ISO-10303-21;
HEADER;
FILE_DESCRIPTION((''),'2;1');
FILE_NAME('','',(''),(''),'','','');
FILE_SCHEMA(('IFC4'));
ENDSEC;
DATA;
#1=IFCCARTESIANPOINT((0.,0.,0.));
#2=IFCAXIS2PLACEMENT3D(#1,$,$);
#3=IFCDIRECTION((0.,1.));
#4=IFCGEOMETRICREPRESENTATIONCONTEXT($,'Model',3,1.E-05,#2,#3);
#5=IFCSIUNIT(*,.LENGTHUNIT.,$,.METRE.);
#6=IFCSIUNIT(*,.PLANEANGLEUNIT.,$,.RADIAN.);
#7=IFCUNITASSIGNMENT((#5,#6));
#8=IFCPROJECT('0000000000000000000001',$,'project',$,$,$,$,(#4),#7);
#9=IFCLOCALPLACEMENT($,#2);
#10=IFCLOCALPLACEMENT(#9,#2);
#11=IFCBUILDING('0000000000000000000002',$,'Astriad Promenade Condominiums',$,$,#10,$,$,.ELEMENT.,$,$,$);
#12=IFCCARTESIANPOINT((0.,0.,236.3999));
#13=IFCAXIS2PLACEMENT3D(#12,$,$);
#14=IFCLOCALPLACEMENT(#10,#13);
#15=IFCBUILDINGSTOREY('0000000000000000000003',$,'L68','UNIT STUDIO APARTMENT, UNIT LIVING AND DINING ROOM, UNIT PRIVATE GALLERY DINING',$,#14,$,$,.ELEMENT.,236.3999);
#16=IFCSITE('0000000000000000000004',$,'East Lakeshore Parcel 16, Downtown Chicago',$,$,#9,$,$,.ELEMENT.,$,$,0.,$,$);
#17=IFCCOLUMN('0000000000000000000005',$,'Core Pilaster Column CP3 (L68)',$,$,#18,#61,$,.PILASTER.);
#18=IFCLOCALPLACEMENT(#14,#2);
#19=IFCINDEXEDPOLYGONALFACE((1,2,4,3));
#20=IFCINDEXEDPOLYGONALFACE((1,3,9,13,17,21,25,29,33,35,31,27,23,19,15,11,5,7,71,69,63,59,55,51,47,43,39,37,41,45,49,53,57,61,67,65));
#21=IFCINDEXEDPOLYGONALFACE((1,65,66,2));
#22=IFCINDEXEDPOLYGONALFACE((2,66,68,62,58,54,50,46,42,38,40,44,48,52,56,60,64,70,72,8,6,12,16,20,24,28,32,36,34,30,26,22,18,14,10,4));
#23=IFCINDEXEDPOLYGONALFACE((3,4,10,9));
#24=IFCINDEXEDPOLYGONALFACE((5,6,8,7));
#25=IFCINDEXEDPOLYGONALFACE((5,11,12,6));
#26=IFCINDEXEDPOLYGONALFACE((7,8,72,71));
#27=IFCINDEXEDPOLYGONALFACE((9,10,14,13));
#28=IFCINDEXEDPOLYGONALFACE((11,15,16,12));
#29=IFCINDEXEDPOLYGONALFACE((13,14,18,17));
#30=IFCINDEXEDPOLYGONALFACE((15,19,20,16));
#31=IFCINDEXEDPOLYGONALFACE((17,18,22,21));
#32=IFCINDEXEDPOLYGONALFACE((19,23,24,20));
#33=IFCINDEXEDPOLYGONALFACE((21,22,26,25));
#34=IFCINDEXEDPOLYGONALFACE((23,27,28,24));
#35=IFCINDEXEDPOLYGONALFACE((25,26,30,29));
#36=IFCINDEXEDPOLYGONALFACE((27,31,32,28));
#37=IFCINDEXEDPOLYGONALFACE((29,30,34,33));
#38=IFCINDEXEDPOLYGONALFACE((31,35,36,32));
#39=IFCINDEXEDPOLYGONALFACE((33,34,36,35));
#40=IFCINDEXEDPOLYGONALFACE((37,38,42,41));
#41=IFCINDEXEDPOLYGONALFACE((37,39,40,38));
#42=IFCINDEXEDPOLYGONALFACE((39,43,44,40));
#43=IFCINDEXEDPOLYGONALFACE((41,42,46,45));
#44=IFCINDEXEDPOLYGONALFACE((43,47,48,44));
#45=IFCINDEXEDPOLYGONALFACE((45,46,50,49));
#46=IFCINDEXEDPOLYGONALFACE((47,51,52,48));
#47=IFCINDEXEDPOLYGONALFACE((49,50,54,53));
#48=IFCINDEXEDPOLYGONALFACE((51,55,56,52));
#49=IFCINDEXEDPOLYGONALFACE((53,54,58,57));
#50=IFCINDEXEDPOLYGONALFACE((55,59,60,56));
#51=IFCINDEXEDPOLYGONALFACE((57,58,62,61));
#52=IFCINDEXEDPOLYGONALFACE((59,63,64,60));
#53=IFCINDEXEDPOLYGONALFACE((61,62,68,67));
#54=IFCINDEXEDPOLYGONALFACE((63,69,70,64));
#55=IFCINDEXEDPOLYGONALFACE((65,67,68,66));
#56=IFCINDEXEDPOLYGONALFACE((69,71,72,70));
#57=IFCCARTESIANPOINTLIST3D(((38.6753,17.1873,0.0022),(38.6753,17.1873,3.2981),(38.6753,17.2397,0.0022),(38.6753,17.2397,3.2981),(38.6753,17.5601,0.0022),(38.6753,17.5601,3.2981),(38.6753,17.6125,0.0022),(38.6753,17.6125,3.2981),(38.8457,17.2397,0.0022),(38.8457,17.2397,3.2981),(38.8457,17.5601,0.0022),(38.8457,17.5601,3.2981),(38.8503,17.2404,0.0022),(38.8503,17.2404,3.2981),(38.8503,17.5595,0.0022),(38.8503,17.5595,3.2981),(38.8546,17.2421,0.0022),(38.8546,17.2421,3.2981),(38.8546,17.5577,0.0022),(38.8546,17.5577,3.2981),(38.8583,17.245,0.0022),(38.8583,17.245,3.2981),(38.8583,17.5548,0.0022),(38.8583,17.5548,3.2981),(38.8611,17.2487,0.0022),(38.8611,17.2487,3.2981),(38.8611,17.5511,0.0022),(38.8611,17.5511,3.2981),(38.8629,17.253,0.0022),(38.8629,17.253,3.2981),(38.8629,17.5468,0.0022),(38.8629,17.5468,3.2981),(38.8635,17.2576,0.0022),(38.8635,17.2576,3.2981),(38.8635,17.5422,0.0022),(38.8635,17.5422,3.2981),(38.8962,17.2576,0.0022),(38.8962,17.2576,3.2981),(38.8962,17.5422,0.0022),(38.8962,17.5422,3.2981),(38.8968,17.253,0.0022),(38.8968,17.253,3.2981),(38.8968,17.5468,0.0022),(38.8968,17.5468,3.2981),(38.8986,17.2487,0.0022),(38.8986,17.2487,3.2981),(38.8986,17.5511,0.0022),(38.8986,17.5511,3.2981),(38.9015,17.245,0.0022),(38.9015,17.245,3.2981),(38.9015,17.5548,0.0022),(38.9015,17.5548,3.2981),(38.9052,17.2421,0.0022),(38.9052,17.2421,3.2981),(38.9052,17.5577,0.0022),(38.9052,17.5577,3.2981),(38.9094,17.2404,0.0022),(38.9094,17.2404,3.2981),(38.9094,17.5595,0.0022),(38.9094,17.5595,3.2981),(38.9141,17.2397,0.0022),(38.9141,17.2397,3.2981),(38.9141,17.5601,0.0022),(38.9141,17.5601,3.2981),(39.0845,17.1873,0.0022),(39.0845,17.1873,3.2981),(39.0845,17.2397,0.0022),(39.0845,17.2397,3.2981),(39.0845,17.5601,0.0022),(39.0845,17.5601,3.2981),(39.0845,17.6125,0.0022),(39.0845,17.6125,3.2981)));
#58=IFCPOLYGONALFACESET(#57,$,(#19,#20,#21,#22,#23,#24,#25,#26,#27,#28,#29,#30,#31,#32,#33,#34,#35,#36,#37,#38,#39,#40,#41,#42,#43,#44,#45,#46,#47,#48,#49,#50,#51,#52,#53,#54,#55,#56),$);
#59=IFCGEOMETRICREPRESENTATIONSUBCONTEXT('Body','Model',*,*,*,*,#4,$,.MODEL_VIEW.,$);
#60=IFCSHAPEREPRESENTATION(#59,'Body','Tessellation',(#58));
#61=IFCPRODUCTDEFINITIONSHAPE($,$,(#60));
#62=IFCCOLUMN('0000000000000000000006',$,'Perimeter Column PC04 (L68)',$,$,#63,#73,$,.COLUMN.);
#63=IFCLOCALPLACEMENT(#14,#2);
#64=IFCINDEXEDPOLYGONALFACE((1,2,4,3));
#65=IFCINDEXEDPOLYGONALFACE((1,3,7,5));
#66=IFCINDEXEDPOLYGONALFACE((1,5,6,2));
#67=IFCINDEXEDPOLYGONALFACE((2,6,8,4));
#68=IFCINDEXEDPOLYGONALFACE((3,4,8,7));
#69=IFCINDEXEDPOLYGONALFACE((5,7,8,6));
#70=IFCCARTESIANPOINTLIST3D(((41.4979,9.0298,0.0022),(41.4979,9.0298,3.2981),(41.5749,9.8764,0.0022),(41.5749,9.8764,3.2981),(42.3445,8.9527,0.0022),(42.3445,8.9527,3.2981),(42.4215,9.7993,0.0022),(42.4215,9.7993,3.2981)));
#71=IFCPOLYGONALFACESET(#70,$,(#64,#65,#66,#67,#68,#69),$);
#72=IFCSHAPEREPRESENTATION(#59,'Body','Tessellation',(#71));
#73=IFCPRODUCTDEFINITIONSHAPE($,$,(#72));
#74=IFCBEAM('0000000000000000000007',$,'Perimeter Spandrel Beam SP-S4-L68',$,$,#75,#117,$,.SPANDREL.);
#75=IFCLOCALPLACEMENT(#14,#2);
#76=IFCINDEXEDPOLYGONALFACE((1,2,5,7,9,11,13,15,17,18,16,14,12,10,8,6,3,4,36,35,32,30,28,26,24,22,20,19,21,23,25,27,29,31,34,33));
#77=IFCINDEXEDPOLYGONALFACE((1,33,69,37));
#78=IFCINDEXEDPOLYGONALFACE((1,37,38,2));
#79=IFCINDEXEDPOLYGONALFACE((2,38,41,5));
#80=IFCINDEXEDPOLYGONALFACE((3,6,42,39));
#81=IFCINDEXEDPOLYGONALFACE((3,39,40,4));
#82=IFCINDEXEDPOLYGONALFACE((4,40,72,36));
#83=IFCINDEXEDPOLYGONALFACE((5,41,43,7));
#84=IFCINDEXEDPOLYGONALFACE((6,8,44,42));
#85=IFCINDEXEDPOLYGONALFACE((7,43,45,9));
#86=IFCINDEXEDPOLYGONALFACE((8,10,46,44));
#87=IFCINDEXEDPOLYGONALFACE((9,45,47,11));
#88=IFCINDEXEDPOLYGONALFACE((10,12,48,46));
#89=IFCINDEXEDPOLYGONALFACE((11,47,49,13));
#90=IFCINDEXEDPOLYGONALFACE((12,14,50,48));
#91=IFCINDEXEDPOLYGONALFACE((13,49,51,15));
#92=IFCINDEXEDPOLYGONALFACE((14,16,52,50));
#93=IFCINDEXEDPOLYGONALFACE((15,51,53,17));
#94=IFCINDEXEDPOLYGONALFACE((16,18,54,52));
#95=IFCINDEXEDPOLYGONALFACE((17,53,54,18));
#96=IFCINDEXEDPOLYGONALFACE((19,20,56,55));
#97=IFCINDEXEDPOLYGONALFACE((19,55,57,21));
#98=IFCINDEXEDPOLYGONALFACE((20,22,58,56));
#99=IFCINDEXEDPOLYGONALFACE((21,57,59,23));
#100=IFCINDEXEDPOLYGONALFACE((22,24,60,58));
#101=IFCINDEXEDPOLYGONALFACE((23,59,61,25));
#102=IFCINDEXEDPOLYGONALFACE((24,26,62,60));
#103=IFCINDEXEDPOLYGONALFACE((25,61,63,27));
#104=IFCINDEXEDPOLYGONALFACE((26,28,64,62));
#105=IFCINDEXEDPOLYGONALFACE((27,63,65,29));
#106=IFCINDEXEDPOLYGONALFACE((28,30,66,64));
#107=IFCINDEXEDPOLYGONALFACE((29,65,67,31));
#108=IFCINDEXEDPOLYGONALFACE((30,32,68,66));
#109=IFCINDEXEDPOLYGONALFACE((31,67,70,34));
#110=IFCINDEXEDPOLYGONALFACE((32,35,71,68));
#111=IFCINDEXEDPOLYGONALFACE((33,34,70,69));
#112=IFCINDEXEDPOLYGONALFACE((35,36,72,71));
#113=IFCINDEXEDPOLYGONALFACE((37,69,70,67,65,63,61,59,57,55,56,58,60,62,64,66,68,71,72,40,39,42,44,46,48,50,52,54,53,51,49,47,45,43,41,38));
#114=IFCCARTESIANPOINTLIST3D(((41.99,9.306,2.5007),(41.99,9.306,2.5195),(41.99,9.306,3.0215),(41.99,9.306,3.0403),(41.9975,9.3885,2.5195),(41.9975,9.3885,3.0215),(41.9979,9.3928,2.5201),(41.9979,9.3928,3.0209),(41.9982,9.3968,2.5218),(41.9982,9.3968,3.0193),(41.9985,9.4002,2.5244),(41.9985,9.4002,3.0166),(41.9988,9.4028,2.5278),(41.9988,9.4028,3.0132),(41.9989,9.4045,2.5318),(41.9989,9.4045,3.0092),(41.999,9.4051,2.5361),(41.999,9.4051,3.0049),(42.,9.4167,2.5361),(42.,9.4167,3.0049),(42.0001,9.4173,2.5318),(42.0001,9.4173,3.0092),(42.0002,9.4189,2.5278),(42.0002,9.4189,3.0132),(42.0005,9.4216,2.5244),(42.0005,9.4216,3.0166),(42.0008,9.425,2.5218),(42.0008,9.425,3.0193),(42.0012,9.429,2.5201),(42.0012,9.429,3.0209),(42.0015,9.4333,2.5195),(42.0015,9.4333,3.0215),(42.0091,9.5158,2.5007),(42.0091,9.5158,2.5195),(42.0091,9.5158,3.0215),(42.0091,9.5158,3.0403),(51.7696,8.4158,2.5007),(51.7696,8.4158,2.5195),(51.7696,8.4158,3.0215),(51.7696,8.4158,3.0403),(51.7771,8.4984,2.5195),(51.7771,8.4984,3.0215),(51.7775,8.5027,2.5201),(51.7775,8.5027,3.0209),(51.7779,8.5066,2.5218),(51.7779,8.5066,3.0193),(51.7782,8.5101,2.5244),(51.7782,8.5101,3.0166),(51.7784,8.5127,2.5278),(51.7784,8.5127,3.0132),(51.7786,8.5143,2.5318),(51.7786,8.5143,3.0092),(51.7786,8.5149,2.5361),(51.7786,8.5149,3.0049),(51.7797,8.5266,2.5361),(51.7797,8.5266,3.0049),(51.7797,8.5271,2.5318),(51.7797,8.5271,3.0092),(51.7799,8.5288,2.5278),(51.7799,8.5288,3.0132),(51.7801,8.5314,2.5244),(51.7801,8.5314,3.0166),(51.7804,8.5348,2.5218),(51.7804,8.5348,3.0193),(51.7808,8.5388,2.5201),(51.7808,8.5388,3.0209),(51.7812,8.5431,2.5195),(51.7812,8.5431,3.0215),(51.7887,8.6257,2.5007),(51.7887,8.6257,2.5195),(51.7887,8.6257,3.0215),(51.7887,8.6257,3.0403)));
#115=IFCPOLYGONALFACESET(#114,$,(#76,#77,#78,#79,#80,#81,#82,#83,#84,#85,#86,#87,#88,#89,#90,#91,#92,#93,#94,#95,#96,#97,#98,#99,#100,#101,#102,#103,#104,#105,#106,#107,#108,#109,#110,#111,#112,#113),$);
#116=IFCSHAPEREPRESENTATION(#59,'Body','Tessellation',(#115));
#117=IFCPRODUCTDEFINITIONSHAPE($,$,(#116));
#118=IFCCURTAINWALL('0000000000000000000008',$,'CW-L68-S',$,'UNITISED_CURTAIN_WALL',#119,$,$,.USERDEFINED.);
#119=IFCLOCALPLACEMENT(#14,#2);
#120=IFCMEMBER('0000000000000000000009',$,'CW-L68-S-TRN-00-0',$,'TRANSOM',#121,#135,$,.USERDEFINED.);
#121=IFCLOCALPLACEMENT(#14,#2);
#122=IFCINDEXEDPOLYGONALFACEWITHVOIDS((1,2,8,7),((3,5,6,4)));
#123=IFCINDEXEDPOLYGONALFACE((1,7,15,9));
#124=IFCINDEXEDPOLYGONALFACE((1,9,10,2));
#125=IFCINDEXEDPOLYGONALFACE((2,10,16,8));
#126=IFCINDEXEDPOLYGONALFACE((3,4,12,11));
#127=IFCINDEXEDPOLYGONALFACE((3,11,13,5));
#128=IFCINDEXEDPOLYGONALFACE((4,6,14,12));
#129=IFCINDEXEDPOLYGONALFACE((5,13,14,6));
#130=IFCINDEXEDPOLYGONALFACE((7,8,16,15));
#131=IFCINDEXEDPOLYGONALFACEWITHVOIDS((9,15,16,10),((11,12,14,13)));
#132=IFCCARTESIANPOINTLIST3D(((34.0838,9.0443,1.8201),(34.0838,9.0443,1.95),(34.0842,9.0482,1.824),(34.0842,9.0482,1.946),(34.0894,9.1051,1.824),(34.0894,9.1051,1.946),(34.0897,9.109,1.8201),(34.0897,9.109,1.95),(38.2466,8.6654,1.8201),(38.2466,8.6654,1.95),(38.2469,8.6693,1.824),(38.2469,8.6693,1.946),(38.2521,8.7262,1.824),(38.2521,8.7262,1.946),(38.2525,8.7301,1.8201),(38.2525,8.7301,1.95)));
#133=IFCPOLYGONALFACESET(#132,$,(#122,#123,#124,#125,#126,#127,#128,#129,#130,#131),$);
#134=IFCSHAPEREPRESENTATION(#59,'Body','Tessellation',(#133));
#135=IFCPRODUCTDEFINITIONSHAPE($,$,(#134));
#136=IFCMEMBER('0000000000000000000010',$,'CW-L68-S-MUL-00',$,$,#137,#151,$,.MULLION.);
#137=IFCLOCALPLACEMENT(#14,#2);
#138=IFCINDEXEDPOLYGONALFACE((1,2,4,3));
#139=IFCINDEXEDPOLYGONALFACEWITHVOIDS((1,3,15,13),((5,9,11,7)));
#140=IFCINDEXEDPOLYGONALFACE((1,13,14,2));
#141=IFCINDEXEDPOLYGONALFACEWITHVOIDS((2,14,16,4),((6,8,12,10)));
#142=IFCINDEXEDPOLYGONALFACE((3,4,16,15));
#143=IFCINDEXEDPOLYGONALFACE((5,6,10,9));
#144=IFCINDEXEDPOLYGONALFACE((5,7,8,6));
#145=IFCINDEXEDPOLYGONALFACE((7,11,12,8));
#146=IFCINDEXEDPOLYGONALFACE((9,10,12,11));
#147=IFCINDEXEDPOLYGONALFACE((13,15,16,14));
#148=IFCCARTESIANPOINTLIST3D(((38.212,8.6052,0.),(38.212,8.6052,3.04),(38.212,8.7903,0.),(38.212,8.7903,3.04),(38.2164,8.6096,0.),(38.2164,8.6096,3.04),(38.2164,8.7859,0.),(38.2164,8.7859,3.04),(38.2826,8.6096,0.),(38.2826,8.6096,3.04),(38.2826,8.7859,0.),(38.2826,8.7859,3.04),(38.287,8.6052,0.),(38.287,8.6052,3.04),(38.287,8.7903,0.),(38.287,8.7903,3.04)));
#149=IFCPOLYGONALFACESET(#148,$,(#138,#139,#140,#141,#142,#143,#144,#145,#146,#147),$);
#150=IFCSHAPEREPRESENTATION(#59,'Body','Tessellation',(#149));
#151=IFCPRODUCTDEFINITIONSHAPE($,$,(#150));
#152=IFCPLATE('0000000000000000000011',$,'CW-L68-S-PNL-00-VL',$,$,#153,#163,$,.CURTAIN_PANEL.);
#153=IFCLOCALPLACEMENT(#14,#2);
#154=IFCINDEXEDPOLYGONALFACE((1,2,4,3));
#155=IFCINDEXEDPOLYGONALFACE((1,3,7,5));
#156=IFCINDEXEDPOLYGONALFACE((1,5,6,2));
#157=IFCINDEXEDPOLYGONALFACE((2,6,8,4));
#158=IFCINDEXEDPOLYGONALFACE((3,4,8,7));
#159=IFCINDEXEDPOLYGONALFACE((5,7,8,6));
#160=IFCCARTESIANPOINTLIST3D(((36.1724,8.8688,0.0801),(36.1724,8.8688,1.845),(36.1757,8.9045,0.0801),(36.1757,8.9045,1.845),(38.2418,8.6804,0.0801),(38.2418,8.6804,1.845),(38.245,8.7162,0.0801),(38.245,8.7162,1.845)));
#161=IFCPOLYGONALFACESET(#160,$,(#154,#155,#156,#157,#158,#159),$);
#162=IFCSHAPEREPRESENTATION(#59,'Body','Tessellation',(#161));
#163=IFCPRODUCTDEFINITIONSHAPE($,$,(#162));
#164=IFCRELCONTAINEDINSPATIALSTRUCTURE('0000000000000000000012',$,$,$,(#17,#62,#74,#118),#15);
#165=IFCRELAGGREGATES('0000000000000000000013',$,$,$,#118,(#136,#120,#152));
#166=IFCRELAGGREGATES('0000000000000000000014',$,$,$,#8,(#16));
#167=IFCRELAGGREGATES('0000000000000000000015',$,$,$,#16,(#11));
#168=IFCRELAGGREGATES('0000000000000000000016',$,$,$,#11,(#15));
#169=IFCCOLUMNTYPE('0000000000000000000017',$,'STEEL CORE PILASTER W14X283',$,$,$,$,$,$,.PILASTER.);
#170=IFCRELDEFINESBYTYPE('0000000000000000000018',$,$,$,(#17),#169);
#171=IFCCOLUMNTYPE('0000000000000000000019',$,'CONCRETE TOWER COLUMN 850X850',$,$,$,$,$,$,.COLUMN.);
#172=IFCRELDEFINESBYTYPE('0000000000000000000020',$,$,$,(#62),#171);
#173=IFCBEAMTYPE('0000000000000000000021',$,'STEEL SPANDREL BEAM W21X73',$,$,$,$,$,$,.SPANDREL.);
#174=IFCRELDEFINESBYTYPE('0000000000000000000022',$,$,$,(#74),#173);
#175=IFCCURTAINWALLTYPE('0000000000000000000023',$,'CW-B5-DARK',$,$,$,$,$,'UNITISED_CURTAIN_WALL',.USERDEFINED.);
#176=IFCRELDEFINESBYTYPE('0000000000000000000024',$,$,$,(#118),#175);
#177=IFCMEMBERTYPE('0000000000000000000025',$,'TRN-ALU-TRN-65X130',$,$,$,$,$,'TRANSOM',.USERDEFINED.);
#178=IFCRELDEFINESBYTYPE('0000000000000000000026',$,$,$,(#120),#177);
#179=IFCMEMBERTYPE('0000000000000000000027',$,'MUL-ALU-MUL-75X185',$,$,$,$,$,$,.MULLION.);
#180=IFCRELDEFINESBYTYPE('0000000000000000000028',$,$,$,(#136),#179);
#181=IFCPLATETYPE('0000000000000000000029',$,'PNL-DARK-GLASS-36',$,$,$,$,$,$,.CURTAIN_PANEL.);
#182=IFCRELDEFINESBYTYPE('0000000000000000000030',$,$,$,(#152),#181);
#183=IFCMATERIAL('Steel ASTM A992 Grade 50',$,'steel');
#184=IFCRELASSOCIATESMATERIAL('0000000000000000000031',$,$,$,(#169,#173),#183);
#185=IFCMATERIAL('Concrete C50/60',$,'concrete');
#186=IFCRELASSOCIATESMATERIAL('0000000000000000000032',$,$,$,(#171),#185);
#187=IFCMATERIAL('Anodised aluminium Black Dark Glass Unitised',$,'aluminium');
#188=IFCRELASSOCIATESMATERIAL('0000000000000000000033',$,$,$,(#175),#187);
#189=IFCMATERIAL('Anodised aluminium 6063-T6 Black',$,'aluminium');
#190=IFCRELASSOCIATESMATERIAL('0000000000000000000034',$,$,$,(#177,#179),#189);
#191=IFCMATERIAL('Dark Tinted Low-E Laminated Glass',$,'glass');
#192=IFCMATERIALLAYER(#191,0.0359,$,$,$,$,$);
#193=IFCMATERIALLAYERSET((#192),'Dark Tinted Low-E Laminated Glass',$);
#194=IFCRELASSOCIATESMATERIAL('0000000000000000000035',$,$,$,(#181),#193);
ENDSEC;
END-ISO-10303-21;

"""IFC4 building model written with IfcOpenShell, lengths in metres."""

from ifc_helpers import new_model, si_unit, direction, frame, origin, origin_2d, place, context, subcontext, project, spatial, rectangle, hollow_rectangle, i_section, extrude, source, transform, mapped, material, layer, layer_set, material_profile, profile_set, type_object, type_shapes, element, aggregate, save


model = new_model("IFC4")

# Units and contexts
model_context = context("Model", 3, precision=1e-05, world=origin(), true_north=direction((0.0, 1.0)))
body_context = subcontext(model_context, "Body", "Model", "MODEL_VIEW")
ifc_project = project(units=[si_unit("LENGTHUNIT", "METRE"), si_unit("PLANEANGLEUNIT", "RADIAN")], contexts=[model_context])

# Site, building, storey
site_placement = place(None, origin())
site = spatial("IfcSite", under=ifc_project, at=site_placement, Name="East Lakeshore Parcel 16, Downtown Chicago", CompositionType="ELEMENT", RefElevation=0.0)
building_placement = place(site_placement, origin())
building = spatial("IfcBuilding", under=site, at=building_placement, Name="Astriad Promenade Condominiums", CompositionType="ELEMENT")
storey_placement = place(building_placement, frame((0.0, 0.0, 236.3999)))
storey = spatial("IfcBuildingStorey", under=building, at=storey_placement, Name="L68", Description="UNIT STUDIO APARTMENT, UNIT LIVING AND DINING ROOM, UNIT PRIVATE GALLERY DINING", CompositionType="ELEMENT", Elevation=236.3999)

# Columns
ifc_material_1 = material(Name="Steel ASTM A992 Grade 50", Category="steel")
ifc_material_profile_1 = material_profile(ifc_material_1, i_section(OverallWidth=0.4092, OverallDepth=0.4253, WebThickness=0.0327, FlangeThickness=0.0525, FilletRadius=0.0178, at=origin_2d()), Name="W14X283")
ifc_profile_set_1 = profile_set([ifc_material_profile_1], Name="Steel ASTM A992 Grade 50")
column_type_1 = type_object("IfcColumnType", Name="STEEL CORE PILASTER W14X283", PredefinedType="PILASTER", material=ifc_profile_set_1)
shared_shape_1 = source(origin(), body_context, "Body", "SweptSolid", [
    extrude(i_section(OverallWidth=0.4092, OverallDepth=0.4253, WebThickness=0.0327, FlangeThickness=0.0525, FilletRadius=0.0178, at=origin_2d()), origin(), (0.0, 0.0, 1.0), 3.2959),
])
type_shapes(column_type_1, [shared_shape_1])
column_1_placement = place(storey_placement, frame((38.8799, 17.3999, 0.0022), z_axis=(0.0, 0.0, 1.0), x_axis=(1.0, 0.0, 0.0)))
element("IfcColumn", 1, at=column_1_placement, inside=storey, type_object=column_type_1, Name="Core Pilaster Column CP3 (L68)", PredefinedType="PILASTER", context=body_context, shape_type="MappedRepresentation", body=[
    mapped(shared_shape_1, transform((0.0, 0.0, 0.0), scale=1.0)),
])
ifc_material_2 = material(Name="Concrete C50/60", Category="concrete")
ifc_material_profile_2 = material_profile(ifc_material_2, rectangle(XDim=0.8501, YDim=0.8501, at=origin_2d()), Name="RC-COL-850X850")
ifc_profile_set_2 = profile_set([ifc_material_profile_2], Name="Concrete C50/60")
column_type_2 = type_object("IfcColumnType", Name="CONCRETE TOWER COLUMN 850X850", PredefinedType="COLUMN", material=ifc_profile_set_2)
shared_shape_2 = source(origin(), body_context, "Body", "SweptSolid", [
    extrude(rectangle(XDim=0.8501, YDim=0.8501, at=origin_2d()), origin(), (0.0, 0.0, 1.0), 3.2959),
])
type_shapes(column_type_2, [shared_shape_2])
column_2_placement = place(storey_placement, frame((41.9597, 9.4146, 0.0022), z_axis=(0.0, 0.0, 1.0), x_axis=(0.995884, -0.090633, 0.0)))
element("IfcColumn", 2, at=column_2_placement, inside=storey, type_object=column_type_2, Name="Perimeter Column PC04 (L68)", PredefinedType="COLUMN", context=body_context, shape_type="MappedRepresentation", body=[
    mapped(shared_shape_2, transform((0.0, 0.0, 0.0), scale=1.0)),
])

# Beam
ifc_material_profile_3 = material_profile(ifc_material_1, i_section(OverallWidth=0.2107, OverallDepth=0.5396, WebThickness=0.0117, FlangeThickness=0.0188, FilletRadius=0.0166, at=origin_2d()), Name="W21X73")
ifc_profile_set_3 = profile_set([ifc_material_profile_3], Name="Steel ASTM A992 Grade 50")
beam_type = type_object("IfcBeamType", Name="STEEL SPANDREL BEAM W21X73", PredefinedType="SPANDREL", material=ifc_profile_set_3)
shared_shape_3 = source(origin(), body_context, "Body", "SweptSolid", [
    extrude(i_section(OverallWidth=0.2107, OverallDepth=0.5396, WebThickness=0.0117, FlangeThickness=0.0188, FilletRadius=0.0166, at=origin_2d()), origin(), (0.0, 0.0, 1.0), 9.8201),
])
type_shapes(beam_type, [shared_shape_3])
beam_placement = place(storey_placement, frame((41.9995, 9.4109, 2.7705), z_axis=(0.995883, -0.090646, 0.0), x_axis=(0.090646, 0.995883, 0.0)))
element("IfcBeam", 3, at=beam_placement, inside=storey, type_object=beam_type, Name="Perimeter Spandrel Beam SP-S4-L68", PredefinedType="SPANDREL", context=body_context, shape_type="MappedRepresentation", body=[
    mapped(shared_shape_3, transform((0.0, 0.0, 0.0), scale=1.0)),
])

# Curtain wall, members, plate
ifc_material_3 = material(Name="Anodised aluminium Black Dark Glass Unitised", Category="aluminium")
curtain_wall_type = type_object("IfcCurtainWallType", Name="CW-B5-DARK", ElementType="UNITISED_CURTAIN_WALL", PredefinedType="USERDEFINED", material=ifc_material_3)
curtain_wall_placement = place(storey_placement, origin())
curtain_wall = element("IfcCurtainWall", 4, at=curtain_wall_placement, inside=storey, type_object=curtain_wall_type, Name="CW-L68-S", ObjectType="UNITISED_CURTAIN_WALL", PredefinedType="USERDEFINED")
ifc_material_4 = material(Name="Anodised aluminium 6063-T6 Black", Category="aluminium")
ifc_material_profile_4 = material_profile(ifc_material_4, hollow_rectangle(XDim=0.0649, YDim=0.1299, WallThickness=0.0039, at=origin_2d()), Name="ALU-TRN-65X130")
ifc_profile_set_4 = profile_set([ifc_material_profile_4], Name="Anodised aluminium 6063-T6 Black")
member_type_1 = type_object("IfcMemberType", Name="TRN-ALU-TRN-65X130", ElementType="TRANSOM", PredefinedType="USERDEFINED", material=ifc_profile_set_4)
shared_shape_4 = source(origin(), body_context, "Body", "SweptSolid", [
    extrude(hollow_rectangle(XDim=0.0649, YDim=0.1299, WallThickness=0.0039, at=origin_2d()), origin(), (0.0, 0.0, 1.0), 4.1799),
])
type_shapes(member_type_1, [shared_shape_4])
member_1_placement = place(storey_placement, frame((38.2495, 8.6978, 1.885), z_axis=(-0.995883, 0.090646, 0.0), x_axis=(-0.090646, -0.995883, 0.0)))
member_1 = element("IfcMember", 5, at=member_1_placement, type_object=member_type_1, Name="CW-L68-S-TRN-00-0", ObjectType="TRANSOM", PredefinedType="USERDEFINED", context=body_context, shape_type="MappedRepresentation", body=[
    mapped(shared_shape_4, transform((0.0, 0.0, 0.0), scale=1.0)),
])
ifc_material_profile_5 = material_profile(ifc_material_4, hollow_rectangle(XDim=0.075, YDim=0.1851, WallThickness=0.0044, at=origin_2d()), Name="ALU-MUL-75X185")
ifc_profile_set_5 = profile_set([ifc_material_profile_5], Name="Anodised aluminium 6063-T6 Black")
member_type_2 = type_object("IfcMemberType", Name="MUL-ALU-MUL-75X185", PredefinedType="MULLION", material=ifc_profile_set_5)
shared_shape_5 = source(origin(), body_context, "Body", "SweptSolid", [
    extrude(hollow_rectangle(XDim=0.075, YDim=0.1851, WallThickness=0.0044, at=origin_2d()), origin(), (0.0, 0.0, 1.0), 3.04),
])
type_shapes(member_type_2, [shared_shape_5])
member_2_placement = place(storey_placement, frame((38.2495, 8.6978, 0.0), z_axis=(0.0, 0.0, 1.0), x_axis=(1.0, 0.0, 0.0)))
member_2 = element("IfcMember", 6, at=member_2_placement, type_object=member_type_2, Name="CW-L68-S-MUL-00", PredefinedType="MULLION", context=body_context, shape_type="MappedRepresentation", body=[
    mapped(shared_shape_5, transform((0.0, 0.0, 0.0), scale=1.0)),
])
ifc_material_5 = material(Name="Dark Tinted Low-E Laminated Glass", Category="glass")
ifc_layer_1 = layer(ifc_material_5, 0.0359)
ifc_layer_set_1 = layer_set([ifc_layer_1], Name="Dark Tinted Low-E Laminated Glass")
plate_type = type_object("IfcPlateType", Name="PNL-DARK-GLASS-36", PredefinedType="CURTAIN_PANEL", material=ifc_layer_set_1)
shared_shape_6 = source(origin(), body_context, "Body", "SweptSolid", [
    extrude(rectangle(XDim=2.0779, YDim=0.0359, at=origin_2d()), origin(), (0.0, 0.0, 1.0), 1.7649),
])
type_shapes(plate_type, [shared_shape_6])
plate_placement = place(storey_placement, frame((37.2087, 8.7925, 0.0801), z_axis=(0.0, 0.0, 1.0), x_axis=(-0.995884, 0.090633, 0.0)))
plate = element("IfcPlate", 7, at=plate_placement, type_object=plate_type, Name="CW-L68-S-PNL-00-VL", PredefinedType="CURTAIN_PANEL", context=body_context, shape_type="MappedRepresentation", body=[
    mapped(shared_shape_6, transform((0.0, 0.0, 0.0), scale=1.0)),
])
aggregate(curtain_wall, [member_2, member_1, plate])

save(model, "model.ifc")
